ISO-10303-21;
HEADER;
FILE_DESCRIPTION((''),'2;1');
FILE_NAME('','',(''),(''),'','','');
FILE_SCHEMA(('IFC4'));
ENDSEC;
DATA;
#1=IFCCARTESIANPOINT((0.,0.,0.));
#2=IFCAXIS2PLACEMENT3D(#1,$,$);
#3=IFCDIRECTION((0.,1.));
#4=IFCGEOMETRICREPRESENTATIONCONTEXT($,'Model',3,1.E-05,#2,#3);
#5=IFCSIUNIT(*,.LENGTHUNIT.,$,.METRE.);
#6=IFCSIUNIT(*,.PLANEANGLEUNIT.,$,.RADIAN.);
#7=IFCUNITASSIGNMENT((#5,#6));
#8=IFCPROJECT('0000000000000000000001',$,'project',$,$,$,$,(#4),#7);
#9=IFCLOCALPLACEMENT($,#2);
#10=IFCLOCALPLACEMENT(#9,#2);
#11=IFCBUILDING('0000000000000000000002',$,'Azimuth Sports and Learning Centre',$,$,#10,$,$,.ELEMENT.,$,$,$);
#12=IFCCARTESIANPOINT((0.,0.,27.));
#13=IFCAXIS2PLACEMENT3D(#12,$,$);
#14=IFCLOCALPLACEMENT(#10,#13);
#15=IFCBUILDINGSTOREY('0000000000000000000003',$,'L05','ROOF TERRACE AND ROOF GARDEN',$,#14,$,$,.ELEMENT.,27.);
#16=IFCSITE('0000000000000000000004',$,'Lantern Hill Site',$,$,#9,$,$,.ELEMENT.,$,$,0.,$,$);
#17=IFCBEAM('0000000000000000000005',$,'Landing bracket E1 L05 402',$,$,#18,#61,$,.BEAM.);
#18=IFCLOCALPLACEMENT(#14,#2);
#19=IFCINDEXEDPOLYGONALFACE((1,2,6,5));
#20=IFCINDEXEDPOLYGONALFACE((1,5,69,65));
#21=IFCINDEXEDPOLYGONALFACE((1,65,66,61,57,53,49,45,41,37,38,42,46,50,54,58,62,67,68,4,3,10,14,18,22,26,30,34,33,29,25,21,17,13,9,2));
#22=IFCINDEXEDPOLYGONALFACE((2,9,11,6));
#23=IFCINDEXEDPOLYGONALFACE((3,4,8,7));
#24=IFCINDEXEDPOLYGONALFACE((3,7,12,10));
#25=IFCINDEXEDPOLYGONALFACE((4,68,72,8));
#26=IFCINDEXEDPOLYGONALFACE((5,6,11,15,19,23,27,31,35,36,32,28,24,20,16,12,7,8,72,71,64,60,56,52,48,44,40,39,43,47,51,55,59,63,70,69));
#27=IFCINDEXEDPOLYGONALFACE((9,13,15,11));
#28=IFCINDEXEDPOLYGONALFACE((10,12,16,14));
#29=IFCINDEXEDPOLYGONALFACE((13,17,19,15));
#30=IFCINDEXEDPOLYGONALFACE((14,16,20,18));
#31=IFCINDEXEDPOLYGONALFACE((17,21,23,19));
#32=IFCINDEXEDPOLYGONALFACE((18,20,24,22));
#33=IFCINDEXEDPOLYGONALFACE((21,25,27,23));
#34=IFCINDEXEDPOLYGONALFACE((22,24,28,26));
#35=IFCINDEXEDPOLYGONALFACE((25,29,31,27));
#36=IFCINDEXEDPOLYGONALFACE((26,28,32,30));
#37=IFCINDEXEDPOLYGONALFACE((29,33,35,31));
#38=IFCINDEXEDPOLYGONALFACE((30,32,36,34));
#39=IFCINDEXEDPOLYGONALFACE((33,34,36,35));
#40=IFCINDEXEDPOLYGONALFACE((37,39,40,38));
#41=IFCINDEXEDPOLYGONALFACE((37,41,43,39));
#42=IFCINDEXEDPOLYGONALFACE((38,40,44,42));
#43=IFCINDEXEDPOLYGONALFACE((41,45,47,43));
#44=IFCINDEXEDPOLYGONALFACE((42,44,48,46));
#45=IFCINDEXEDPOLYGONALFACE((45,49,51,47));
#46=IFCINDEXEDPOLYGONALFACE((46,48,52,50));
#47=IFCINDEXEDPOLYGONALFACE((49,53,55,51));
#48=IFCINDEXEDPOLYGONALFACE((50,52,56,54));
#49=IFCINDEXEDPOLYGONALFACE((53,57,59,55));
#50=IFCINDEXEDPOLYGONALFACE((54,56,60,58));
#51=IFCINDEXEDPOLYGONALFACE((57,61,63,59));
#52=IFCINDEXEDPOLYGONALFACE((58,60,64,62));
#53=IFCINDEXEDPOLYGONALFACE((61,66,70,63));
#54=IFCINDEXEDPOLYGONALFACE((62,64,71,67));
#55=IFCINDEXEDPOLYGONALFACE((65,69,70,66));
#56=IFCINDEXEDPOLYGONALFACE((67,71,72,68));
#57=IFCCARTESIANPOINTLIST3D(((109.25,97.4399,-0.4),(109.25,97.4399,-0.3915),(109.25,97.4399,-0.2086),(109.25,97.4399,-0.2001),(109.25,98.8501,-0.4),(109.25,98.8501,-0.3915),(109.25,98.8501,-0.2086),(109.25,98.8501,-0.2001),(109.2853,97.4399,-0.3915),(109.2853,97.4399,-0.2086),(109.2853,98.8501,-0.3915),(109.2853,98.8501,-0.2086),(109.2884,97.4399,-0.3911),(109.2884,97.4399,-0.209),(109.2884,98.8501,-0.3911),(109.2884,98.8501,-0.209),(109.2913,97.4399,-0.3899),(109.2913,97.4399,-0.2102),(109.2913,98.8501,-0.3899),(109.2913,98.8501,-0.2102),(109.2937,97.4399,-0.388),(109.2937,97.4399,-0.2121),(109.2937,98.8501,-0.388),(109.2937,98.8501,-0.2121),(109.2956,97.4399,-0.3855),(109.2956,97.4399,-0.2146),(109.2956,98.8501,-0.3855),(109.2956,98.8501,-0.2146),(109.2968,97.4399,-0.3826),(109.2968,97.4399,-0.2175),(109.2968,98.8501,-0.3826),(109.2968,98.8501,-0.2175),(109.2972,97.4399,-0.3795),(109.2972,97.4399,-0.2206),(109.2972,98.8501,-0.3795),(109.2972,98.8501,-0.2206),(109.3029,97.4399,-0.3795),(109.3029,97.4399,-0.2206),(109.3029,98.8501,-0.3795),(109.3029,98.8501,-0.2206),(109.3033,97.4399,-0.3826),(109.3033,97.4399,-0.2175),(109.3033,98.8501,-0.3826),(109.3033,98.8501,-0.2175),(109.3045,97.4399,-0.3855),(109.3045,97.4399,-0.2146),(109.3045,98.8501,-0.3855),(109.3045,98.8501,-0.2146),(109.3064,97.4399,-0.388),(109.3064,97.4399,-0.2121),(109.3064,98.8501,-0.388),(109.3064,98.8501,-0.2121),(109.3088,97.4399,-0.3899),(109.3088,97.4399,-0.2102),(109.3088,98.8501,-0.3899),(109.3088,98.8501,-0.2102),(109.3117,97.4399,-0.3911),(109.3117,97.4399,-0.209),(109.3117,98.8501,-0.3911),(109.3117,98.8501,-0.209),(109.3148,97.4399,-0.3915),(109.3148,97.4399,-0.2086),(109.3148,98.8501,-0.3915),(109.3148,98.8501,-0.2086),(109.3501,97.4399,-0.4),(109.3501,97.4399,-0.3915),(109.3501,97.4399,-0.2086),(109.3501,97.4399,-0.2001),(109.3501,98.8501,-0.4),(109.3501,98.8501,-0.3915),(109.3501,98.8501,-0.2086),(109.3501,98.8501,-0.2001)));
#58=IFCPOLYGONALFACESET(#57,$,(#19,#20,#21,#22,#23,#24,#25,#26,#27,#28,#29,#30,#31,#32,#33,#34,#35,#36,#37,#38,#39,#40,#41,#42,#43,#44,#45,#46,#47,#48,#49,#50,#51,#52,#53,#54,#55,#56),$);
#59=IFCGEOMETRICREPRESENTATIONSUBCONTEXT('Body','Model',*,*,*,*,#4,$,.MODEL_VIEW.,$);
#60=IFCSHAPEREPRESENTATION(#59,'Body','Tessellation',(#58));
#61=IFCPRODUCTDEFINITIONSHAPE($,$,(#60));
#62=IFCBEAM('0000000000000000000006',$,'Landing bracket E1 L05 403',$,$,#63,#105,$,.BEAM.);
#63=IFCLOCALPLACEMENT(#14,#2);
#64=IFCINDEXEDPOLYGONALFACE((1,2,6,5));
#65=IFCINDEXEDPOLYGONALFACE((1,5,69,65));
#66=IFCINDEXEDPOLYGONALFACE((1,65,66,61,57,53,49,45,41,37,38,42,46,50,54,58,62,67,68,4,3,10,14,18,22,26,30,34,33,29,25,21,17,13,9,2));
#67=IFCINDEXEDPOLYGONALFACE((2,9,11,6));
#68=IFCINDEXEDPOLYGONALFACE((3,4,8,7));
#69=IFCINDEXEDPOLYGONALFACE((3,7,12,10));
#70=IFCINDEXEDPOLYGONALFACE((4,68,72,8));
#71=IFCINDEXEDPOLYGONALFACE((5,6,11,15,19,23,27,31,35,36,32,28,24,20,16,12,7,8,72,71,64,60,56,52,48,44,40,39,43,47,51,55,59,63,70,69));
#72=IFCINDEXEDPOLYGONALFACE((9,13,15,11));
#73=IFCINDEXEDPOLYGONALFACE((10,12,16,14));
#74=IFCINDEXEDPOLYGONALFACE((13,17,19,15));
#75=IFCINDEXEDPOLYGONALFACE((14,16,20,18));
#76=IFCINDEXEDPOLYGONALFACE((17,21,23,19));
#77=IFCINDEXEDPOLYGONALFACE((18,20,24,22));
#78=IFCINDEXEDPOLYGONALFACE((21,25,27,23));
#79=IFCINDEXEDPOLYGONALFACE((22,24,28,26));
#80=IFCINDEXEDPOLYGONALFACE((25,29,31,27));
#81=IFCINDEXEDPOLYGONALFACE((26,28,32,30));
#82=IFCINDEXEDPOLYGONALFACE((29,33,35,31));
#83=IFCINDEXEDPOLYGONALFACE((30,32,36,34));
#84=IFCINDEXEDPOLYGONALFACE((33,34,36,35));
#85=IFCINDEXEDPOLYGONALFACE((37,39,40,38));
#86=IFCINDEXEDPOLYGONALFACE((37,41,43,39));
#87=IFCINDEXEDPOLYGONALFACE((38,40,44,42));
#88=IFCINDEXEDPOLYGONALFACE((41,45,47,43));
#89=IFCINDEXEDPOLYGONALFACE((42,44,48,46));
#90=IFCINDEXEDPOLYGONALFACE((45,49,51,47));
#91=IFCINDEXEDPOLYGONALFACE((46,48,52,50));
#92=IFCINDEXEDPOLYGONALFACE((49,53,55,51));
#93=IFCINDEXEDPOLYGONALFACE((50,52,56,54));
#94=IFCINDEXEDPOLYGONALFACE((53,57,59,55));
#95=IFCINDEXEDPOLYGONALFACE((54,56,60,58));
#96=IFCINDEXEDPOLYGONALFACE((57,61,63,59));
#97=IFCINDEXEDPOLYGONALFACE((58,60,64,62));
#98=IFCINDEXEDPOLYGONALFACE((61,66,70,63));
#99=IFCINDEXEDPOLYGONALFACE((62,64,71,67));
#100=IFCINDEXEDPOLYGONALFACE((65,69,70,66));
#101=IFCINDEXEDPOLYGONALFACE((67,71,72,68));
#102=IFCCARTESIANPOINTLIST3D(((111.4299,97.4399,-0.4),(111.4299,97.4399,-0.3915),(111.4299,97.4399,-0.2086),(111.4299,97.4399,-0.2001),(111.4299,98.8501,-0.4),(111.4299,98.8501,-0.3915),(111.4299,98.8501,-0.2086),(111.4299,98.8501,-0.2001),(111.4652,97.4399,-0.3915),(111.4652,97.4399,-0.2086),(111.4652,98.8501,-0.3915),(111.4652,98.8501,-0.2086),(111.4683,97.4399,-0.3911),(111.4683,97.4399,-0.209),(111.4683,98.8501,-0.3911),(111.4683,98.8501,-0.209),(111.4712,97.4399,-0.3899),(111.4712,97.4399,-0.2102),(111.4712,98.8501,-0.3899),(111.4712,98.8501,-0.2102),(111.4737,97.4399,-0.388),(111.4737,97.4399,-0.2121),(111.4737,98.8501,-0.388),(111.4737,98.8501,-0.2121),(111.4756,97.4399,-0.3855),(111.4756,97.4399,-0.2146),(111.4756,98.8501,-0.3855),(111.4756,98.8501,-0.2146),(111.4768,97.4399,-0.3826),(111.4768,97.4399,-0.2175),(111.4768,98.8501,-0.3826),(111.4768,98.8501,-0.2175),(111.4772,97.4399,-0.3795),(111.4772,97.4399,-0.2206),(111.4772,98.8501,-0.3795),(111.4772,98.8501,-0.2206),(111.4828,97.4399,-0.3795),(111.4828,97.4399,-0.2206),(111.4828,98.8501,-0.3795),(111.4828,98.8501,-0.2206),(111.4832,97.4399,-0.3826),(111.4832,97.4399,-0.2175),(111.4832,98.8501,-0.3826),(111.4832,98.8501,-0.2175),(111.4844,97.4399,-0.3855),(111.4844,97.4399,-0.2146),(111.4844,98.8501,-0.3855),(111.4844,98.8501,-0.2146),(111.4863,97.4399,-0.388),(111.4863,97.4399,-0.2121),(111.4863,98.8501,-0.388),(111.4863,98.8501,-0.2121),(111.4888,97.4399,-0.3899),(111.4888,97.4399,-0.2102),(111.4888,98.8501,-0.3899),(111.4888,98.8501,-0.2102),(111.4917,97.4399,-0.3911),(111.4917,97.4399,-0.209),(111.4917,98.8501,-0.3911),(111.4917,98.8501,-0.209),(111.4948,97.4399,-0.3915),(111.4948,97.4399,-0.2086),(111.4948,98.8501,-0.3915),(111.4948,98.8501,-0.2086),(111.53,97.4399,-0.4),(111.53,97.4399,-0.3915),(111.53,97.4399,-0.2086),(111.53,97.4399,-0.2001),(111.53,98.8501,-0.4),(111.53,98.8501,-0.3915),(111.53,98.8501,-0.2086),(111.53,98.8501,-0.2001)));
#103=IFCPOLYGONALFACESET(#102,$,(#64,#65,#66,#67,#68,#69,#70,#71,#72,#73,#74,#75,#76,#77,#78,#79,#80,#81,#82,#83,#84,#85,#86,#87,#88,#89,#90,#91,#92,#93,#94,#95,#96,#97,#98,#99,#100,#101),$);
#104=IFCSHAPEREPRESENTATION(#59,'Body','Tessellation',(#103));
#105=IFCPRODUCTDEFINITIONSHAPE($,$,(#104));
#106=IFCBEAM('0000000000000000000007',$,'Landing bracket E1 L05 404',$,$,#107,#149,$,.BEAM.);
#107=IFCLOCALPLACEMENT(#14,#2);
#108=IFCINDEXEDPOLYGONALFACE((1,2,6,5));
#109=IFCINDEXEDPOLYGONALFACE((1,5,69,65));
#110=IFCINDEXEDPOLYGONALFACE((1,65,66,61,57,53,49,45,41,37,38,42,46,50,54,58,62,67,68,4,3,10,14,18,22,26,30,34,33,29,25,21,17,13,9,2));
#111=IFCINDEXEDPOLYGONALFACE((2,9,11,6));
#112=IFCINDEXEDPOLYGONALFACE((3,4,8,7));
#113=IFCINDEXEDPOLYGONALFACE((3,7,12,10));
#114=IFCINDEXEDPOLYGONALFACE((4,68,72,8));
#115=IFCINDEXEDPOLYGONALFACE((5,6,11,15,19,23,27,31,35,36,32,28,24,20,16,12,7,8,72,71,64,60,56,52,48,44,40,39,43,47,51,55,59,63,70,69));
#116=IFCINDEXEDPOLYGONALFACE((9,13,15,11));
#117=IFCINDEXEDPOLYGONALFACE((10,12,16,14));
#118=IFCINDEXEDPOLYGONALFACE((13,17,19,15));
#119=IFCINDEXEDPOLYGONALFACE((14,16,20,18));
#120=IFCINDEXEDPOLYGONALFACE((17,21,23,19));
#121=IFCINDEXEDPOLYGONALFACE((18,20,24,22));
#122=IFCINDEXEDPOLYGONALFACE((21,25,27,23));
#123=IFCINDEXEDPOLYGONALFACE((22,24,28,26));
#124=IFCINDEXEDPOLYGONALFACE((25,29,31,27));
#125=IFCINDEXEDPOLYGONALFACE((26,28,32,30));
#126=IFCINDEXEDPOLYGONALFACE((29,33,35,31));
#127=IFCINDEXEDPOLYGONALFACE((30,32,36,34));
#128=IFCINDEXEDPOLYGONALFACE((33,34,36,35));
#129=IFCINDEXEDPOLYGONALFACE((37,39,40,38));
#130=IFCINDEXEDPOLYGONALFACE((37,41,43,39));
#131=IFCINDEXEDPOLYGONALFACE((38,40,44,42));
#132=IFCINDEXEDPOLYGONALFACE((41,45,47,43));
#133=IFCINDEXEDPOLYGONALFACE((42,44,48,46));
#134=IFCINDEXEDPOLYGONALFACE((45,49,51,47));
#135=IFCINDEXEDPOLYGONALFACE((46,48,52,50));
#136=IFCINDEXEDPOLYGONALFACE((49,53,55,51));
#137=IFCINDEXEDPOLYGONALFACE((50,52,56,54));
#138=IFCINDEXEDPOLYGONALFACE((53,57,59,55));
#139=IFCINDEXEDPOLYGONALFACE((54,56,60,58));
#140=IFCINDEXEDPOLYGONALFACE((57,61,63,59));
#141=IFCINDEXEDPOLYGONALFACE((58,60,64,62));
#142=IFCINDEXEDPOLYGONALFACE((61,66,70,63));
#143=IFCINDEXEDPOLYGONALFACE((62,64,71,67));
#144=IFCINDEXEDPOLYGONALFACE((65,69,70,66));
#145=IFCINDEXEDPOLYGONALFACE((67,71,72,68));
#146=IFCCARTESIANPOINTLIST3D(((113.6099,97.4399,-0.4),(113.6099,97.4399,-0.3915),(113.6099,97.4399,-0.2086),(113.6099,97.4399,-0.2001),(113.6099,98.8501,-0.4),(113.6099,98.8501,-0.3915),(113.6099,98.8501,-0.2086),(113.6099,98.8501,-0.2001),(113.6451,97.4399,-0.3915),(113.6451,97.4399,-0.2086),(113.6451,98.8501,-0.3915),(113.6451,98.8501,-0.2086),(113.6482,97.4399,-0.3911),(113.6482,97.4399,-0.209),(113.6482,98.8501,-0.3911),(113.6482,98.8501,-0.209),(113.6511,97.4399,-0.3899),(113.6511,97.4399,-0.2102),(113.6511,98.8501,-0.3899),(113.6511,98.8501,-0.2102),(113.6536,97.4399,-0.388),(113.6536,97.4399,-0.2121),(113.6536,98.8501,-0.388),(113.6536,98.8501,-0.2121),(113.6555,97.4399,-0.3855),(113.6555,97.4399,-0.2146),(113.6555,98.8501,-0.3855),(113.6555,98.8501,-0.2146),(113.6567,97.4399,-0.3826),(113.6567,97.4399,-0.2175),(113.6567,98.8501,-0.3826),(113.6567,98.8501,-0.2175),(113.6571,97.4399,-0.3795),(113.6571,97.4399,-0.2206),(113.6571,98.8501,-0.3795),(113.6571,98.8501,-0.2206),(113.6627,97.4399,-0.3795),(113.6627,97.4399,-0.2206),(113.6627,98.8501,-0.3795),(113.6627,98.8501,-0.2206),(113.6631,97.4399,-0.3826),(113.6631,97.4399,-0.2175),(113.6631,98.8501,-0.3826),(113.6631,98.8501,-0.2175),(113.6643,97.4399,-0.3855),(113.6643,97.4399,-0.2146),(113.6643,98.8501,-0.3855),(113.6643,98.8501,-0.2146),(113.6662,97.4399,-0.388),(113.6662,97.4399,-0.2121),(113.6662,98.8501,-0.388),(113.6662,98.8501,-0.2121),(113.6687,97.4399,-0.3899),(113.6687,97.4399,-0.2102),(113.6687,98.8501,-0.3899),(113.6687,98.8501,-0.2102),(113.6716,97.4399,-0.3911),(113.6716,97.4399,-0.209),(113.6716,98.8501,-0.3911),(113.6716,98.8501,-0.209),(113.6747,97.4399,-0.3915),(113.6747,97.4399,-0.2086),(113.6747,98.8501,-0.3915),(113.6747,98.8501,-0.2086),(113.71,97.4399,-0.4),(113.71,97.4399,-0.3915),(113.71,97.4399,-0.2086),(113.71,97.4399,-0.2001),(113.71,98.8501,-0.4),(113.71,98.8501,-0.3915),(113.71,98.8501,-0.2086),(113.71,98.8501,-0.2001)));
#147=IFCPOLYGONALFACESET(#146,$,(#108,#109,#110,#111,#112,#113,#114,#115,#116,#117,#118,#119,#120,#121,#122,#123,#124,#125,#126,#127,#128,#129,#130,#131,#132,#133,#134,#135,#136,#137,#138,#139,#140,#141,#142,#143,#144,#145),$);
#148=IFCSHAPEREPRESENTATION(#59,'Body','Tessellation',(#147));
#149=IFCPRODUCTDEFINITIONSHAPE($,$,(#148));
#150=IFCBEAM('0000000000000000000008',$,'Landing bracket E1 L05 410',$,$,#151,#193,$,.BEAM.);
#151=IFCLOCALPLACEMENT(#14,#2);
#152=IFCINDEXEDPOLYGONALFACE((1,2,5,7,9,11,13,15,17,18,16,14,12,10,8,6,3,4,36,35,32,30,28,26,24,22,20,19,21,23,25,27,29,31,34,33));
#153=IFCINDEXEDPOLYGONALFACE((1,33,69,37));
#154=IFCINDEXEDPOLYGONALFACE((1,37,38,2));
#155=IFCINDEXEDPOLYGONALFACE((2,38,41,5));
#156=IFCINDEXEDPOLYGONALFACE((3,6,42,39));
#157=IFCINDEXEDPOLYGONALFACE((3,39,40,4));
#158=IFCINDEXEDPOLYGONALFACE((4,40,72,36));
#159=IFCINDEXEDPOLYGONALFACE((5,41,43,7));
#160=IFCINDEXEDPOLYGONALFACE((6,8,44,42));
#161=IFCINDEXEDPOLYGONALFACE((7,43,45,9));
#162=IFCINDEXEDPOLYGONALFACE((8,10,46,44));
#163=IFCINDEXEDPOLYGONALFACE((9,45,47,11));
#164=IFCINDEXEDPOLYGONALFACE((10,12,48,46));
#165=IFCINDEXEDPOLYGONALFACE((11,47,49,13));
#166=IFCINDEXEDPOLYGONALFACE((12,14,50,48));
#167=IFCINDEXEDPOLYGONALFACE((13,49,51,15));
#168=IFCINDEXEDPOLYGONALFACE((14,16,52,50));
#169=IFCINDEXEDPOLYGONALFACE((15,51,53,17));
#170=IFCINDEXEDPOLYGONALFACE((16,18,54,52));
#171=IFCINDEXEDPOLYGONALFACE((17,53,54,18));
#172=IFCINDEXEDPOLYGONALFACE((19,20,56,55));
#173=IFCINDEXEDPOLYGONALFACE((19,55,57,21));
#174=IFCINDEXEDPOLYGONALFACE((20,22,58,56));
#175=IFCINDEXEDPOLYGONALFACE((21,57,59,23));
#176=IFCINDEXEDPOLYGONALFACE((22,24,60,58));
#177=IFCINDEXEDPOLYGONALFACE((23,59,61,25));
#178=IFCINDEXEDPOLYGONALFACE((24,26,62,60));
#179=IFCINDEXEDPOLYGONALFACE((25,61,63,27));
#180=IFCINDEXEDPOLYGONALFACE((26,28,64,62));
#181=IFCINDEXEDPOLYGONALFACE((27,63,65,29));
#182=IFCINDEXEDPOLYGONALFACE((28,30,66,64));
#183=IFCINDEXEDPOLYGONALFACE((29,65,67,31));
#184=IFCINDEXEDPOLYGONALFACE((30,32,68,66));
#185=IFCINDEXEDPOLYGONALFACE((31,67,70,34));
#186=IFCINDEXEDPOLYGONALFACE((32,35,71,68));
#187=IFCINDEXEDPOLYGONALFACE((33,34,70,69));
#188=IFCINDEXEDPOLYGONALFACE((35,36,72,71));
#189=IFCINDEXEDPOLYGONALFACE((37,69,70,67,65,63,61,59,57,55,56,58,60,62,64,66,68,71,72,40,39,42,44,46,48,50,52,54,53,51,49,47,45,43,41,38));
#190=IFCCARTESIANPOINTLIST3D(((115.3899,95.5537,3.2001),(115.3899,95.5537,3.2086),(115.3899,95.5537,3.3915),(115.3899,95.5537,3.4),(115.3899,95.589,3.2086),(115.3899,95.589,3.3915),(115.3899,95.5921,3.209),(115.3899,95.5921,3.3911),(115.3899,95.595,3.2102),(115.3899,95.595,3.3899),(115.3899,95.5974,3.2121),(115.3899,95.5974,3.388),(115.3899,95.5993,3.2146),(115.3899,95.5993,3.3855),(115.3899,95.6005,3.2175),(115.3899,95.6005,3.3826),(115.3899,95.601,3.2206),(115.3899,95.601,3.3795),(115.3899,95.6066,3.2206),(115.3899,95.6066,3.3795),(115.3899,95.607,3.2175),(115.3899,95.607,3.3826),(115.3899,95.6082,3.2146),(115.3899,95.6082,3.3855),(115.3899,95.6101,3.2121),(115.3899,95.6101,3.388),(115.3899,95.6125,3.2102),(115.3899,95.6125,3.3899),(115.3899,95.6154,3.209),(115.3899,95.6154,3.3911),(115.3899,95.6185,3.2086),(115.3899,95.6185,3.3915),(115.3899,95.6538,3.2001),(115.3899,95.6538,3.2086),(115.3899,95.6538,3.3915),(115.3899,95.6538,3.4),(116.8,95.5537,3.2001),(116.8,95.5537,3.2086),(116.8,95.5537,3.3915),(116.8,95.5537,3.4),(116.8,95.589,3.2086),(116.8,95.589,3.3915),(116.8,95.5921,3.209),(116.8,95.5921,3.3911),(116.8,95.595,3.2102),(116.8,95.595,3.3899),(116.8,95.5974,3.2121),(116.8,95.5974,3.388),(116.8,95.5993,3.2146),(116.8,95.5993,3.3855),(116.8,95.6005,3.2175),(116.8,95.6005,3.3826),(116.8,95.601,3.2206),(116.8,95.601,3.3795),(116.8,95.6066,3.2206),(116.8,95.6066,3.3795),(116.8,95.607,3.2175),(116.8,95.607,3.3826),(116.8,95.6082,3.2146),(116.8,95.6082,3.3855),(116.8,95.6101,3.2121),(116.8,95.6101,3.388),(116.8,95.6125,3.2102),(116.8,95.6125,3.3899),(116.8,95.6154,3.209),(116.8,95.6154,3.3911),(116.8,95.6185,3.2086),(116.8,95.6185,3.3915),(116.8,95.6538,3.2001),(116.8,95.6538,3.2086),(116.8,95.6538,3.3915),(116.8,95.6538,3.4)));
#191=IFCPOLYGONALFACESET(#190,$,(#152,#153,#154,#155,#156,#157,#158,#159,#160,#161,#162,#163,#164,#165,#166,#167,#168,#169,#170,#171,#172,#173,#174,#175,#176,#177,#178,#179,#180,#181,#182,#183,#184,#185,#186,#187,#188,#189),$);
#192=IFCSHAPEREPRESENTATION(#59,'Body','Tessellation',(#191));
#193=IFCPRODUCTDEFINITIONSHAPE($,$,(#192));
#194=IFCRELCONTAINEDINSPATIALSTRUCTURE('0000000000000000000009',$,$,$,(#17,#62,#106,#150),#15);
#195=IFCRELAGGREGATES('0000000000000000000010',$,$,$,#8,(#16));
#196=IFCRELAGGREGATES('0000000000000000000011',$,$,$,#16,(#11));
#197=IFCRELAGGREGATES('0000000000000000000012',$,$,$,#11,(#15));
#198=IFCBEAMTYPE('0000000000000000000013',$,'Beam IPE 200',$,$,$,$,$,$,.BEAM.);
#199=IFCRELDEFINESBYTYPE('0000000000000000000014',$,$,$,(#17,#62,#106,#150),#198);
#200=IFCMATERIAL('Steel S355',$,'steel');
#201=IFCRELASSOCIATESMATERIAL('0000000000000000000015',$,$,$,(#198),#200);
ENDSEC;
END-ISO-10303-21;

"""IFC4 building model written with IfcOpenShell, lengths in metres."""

from ifc_helpers import new_model, si_unit, direction, frame, origin, origin_2d, place, context, subcontext, project, spatial, i_section, extrude, material, material_profile, profile_set, type_object, element, save


model = new_model("IFC4")

# Units and contexts
model_context = context("Model", 3, precision=1e-05, world=origin(), true_north=direction((0.0, 1.0)))
body_context = subcontext(model_context, "Body", "Model", "MODEL_VIEW")
ifc_project = project(units=[si_unit("LENGTHUNIT", "METRE"), si_unit("PLANEANGLEUNIT", "RADIAN")], contexts=[model_context])

# Site, building, storey
site_placement = place(None, origin())
site = spatial("IfcSite", under=ifc_project, at=site_placement, Name="Lantern Hill Site", CompositionType="ELEMENT", RefElevation=0.0)
building_placement = place(site_placement, origin())
building = spatial("IfcBuilding", under=site, at=building_placement, Name="Azimuth Sports and Learning Centre", CompositionType="ELEMENT")
storey_placement = place(building_placement, frame((0.0, 0.0, 27.0)))
storey = spatial("IfcBuildingStorey", under=building, at=storey_placement, Name="L05", Description="ROOF TERRACE AND ROOF GARDEN", CompositionType="ELEMENT", Elevation=27.0)

# Beams
ifc_material_1 = material(Name="Steel S355", Category="steel")
ifc_material_profile = material_profile(ifc_material_1, i_section(OverallWidth=0.1001, OverallDepth=0.2, WebThickness=0.0056, FlangeThickness=0.0085, FilletRadius=0.012, at=origin_2d()), Name="IPE 200")
ifc_profile_set = profile_set([ifc_material_profile], Name="Steel S355")
beam_type = type_object("IfcBeamType", Name="Beam IPE 200", PredefinedType="BEAM", material=ifc_profile_set)
for number, where, z_axis, x_axis, name in (
    (1, (109.3, 98.8501, -0.3), (0.0, -1.0, 0.0), (1.0, 0.0, 0.0), "Landing bracket E1 L05 402"),
    (2, (111.48, 98.8501, -0.3), (0.0, -1.0, 0.0), (1.0, 0.0, 0.0), "Landing bracket E1 L05 403"),
    (3, (113.6599, 98.8501, -0.3), (0.0, -1.0, 0.0), (1.0, 0.0, 0.0), "Landing bracket E1 L05 404"),
    (4, (116.8, 95.6038, 3.3), (-1.0, 0.0, 0.0), (0.0, -1.0, 0.0), "Landing bracket E1 L05 410"),
):
    element("IfcBeam", number, at=place(storey_placement, frame(where, z_axis=z_axis, x_axis=x_axis)), inside=storey, type_object=beam_type, Name=name, PredefinedType="BEAM", context=body_context, shape_type="SweptSolid", body=[
        extrude(i_section(OverallWidth=0.1001, OverallDepth=0.2, WebThickness=0.0056, FlangeThickness=0.0085, FilletRadius=0.012, at=origin_2d()), origin(), (0.0, 0.0, 1.0), 1.4102),
    ])

save(model, "model.ifc")
